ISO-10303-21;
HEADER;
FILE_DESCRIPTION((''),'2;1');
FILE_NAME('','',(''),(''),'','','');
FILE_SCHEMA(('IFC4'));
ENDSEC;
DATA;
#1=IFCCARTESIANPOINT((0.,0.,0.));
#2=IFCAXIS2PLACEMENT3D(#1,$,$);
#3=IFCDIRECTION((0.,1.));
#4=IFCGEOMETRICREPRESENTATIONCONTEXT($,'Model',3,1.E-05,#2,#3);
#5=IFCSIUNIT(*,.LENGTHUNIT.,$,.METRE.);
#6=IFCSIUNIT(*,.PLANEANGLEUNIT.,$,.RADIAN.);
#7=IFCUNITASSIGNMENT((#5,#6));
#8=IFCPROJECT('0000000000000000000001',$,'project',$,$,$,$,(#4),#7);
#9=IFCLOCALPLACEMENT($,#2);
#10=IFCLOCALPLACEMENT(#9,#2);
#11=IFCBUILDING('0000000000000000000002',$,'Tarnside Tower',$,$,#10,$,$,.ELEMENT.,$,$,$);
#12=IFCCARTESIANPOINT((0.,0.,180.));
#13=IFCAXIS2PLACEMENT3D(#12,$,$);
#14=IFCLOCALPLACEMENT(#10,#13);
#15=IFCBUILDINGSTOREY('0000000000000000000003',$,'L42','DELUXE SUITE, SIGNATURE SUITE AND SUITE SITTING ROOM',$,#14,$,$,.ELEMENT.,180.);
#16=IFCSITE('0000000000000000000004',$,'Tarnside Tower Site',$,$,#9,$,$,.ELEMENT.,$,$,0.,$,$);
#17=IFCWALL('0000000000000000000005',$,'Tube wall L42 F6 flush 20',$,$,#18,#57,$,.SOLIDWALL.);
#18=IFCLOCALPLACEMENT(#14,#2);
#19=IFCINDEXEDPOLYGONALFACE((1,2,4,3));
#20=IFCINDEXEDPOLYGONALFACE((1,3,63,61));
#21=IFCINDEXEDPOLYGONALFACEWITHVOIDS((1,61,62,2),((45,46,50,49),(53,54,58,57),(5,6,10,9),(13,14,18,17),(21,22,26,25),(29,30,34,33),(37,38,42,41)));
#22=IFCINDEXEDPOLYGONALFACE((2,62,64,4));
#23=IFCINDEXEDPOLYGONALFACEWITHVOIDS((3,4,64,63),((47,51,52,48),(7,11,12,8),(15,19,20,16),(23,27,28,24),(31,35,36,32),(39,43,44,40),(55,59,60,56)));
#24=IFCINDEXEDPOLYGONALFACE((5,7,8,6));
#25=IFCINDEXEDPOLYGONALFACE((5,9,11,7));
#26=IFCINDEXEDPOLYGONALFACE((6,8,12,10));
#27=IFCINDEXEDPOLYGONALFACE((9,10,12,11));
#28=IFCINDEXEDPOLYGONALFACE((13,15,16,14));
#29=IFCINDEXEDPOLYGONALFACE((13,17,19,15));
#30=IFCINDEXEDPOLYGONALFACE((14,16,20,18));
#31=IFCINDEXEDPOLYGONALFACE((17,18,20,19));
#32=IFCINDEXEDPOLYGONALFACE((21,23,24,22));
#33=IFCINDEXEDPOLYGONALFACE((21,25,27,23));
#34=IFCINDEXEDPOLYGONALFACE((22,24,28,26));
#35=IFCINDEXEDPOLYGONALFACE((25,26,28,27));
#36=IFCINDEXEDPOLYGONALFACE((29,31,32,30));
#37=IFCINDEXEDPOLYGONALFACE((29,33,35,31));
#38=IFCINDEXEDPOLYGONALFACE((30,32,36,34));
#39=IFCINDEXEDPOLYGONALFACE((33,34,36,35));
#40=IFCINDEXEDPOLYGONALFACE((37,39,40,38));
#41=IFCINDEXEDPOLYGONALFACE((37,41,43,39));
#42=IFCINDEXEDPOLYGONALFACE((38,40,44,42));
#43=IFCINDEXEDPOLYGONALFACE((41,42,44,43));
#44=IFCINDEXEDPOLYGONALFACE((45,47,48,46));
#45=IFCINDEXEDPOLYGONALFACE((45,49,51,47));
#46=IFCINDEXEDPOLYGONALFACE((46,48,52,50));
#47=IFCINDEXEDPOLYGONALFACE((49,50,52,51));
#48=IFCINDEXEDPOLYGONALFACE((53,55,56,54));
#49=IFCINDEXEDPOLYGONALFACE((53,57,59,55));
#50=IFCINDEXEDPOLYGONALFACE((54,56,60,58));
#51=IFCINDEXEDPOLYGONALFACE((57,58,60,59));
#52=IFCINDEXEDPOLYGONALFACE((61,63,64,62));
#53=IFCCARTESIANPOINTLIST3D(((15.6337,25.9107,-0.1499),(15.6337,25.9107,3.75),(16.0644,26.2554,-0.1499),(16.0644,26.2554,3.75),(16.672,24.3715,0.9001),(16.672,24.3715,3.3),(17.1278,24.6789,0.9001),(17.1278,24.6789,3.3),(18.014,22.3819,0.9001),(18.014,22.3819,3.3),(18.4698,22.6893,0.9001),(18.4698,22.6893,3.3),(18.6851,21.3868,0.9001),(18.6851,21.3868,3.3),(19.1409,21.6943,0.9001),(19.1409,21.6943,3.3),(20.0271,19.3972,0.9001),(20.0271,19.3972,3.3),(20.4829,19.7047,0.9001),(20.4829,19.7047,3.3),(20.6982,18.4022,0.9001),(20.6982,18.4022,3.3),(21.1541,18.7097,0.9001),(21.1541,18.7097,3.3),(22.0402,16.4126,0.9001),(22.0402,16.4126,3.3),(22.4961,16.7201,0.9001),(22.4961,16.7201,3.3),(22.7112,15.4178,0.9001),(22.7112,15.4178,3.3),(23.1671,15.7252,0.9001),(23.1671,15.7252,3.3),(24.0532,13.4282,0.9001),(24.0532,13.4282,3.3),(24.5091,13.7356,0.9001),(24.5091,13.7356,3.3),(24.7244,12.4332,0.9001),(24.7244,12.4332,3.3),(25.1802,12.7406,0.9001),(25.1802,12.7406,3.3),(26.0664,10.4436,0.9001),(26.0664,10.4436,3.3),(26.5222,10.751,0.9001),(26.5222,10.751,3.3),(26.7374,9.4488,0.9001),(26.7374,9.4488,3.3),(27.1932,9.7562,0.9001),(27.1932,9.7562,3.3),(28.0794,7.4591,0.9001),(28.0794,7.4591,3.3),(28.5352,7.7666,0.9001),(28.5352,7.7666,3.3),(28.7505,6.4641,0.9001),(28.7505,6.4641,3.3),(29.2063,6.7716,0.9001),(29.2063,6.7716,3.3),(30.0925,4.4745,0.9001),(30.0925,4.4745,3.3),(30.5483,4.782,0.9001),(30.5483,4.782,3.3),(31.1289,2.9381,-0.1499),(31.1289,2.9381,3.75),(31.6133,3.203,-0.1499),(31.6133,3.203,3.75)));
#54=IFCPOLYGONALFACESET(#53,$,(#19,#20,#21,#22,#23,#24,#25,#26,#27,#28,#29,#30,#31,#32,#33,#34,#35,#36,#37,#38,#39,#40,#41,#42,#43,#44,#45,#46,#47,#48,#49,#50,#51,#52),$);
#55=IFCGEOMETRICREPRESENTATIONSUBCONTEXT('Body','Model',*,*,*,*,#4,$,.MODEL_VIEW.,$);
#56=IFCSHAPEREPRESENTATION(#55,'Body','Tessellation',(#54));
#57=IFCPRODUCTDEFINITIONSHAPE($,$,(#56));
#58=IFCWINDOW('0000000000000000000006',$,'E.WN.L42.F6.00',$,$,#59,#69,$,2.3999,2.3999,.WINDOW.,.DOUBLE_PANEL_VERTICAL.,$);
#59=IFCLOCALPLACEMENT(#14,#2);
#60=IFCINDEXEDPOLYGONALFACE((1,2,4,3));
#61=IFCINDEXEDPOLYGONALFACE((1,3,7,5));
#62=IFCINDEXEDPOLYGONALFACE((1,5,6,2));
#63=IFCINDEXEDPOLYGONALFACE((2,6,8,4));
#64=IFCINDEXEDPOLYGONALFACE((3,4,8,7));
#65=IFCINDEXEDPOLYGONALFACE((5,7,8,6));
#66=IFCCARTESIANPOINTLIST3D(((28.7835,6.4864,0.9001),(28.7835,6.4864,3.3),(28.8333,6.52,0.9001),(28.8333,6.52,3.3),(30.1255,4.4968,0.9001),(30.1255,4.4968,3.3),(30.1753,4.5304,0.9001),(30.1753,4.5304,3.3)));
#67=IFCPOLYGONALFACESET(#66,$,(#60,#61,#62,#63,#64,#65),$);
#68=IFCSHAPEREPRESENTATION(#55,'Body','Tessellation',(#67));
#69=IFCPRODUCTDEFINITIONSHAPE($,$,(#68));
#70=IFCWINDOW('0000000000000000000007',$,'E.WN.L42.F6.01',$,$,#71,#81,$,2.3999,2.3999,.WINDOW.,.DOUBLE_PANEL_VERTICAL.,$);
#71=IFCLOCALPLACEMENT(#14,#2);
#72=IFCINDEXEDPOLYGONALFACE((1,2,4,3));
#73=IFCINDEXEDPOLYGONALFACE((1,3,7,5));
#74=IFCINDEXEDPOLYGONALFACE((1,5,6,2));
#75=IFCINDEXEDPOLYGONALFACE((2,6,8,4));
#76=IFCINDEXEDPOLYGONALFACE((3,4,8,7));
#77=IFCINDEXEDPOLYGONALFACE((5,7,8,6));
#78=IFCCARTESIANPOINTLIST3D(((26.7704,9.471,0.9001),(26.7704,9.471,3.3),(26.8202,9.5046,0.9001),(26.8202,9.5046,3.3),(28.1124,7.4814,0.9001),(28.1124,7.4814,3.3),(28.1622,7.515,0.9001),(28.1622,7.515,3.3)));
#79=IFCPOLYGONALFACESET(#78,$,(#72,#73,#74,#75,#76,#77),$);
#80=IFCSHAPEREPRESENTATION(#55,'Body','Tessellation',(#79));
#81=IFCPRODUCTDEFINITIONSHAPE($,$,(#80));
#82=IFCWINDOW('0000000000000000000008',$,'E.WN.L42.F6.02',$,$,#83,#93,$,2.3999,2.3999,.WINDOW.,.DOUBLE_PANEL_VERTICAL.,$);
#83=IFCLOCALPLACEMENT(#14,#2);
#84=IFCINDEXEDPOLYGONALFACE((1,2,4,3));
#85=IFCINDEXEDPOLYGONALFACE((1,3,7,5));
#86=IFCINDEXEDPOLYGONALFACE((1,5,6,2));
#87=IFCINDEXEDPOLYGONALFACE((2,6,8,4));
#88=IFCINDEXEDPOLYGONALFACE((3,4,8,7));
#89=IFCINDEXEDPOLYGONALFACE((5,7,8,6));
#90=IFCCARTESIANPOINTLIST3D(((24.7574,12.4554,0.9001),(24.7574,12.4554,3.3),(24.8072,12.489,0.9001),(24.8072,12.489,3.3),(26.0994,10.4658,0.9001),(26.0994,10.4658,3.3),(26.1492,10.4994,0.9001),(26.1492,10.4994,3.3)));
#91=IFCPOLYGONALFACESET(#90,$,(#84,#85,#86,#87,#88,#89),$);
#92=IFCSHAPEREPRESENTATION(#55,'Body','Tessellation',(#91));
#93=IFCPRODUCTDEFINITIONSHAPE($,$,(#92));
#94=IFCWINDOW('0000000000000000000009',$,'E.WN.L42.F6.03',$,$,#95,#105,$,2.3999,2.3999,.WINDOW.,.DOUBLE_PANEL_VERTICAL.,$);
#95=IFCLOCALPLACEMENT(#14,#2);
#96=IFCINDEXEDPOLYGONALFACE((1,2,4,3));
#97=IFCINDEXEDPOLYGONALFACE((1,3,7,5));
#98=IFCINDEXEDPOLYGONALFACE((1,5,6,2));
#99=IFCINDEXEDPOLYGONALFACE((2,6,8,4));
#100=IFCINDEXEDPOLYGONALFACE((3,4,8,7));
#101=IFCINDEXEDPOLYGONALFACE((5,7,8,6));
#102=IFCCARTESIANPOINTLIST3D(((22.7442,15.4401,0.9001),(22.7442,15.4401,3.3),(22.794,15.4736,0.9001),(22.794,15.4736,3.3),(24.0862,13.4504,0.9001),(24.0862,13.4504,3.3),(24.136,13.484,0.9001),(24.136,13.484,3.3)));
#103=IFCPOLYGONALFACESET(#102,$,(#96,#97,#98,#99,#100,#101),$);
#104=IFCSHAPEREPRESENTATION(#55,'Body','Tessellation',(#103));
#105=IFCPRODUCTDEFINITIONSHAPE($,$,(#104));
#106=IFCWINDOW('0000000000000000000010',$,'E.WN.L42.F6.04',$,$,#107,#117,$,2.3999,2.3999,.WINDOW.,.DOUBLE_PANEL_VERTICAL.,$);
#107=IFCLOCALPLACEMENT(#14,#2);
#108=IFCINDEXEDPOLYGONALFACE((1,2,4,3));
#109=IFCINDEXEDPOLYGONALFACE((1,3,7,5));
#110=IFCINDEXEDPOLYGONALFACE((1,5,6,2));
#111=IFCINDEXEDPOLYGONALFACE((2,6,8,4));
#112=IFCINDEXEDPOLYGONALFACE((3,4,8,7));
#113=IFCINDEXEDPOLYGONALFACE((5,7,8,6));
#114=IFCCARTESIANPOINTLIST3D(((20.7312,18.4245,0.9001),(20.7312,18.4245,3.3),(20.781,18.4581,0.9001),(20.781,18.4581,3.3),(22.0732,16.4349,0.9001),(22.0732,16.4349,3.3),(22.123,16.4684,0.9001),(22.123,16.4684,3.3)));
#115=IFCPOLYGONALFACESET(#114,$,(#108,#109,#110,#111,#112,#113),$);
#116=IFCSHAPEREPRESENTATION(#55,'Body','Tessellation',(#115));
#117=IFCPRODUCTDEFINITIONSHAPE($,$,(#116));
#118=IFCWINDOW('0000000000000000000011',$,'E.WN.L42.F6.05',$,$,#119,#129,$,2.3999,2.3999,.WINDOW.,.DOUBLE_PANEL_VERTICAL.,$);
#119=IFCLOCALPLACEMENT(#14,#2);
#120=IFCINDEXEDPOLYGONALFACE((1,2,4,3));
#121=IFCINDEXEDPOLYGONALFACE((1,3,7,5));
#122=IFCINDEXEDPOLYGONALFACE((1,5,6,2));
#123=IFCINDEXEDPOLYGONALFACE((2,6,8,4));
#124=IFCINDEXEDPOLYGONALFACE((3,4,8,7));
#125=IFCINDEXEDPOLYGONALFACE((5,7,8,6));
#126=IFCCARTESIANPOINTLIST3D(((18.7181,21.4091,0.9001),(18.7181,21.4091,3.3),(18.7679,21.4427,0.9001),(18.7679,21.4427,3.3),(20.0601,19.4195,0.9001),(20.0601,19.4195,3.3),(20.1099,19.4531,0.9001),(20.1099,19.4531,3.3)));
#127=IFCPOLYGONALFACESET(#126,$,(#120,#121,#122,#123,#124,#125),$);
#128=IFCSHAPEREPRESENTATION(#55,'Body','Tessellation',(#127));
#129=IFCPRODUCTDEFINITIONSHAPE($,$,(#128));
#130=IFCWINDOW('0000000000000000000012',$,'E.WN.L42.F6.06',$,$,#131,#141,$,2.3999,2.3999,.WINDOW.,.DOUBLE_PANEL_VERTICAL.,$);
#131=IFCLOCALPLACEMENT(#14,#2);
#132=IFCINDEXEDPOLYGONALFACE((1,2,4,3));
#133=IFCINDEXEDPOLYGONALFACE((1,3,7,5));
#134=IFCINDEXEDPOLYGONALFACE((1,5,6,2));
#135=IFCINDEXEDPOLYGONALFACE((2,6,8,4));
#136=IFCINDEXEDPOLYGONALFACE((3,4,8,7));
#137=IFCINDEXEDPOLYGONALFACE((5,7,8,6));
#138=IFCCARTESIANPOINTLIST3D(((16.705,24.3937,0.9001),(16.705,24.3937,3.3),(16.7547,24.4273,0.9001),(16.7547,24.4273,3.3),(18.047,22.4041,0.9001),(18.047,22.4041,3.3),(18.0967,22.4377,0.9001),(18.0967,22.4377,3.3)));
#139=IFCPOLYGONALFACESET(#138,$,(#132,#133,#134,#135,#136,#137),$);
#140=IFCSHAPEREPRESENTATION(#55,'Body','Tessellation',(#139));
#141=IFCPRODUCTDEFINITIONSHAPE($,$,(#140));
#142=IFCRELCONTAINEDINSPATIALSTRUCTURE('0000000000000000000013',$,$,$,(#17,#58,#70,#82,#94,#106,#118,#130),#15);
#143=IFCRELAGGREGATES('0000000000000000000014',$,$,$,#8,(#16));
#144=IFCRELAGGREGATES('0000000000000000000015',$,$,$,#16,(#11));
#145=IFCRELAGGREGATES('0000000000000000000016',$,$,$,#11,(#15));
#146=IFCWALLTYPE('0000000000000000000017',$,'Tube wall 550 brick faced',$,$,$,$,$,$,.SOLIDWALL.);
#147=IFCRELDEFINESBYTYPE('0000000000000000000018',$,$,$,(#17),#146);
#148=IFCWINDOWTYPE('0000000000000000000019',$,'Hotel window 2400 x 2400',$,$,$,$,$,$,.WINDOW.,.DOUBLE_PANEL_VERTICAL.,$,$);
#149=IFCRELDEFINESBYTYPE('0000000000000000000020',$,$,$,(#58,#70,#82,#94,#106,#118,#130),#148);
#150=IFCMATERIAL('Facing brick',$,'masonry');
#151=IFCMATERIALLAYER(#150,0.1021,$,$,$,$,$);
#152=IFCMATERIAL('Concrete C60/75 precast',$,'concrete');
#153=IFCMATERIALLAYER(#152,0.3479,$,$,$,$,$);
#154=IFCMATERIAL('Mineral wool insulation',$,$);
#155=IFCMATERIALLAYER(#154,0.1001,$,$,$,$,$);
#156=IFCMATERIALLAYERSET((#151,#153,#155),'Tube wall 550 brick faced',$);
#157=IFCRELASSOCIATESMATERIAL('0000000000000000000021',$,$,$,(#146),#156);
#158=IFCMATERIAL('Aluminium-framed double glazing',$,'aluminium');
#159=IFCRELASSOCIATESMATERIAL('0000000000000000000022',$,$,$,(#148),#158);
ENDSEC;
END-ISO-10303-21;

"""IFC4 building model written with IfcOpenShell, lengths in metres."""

from ifc_helpers import new_model, si_unit, direction, frame, frame_2d, origin, place, context, subcontext, project, spatial, polyline, rectangle, outline, extrude, material, layer, layer_set, type_object, element, fill, save


model = new_model("IFC4")

# Units and contexts
model_context = context("Model", 3, precision=1e-05, world=origin(), true_north=direction((0.0, 1.0)))
body_context = subcontext(model_context, "Body", "Model", "MODEL_VIEW")
ifc_project = project(units=[si_unit("LENGTHUNIT", "METRE"), si_unit("PLANEANGLEUNIT", "RADIAN")], contexts=[model_context])

# Site, building, storey
site_placement = place(None, origin())
site = spatial("IfcSite", under=ifc_project, at=site_placement, Name="Tarnside Tower Site", CompositionType="ELEMENT", RefElevation=0.0)
building_placement = place(site_placement, origin())
building = spatial("IfcBuilding", under=site, at=building_placement, Name="Tarnside Tower", CompositionType="ELEMENT")
storey_placement = place(building_placement, frame((0.0, 0.0, 180.0)))
storey = spatial("IfcBuildingStorey", under=building, at=storey_placement, Name="L42", Description="DELUXE SUITE, SIGNATURE SUITE AND SUITE SITTING ROOM", CompositionType="ELEMENT", Elevation=180.0)

# Shared definitions
ifc_material_1 = material(Name="Facing brick", Category="masonry")
ifc_layer_1 = layer(ifc_material_1, 0.1021)
ifc_material_2 = material(Name="Concrete C60/75 precast", Category="concrete")
ifc_layer_2 = layer(ifc_material_2, 0.3479)
ifc_material_3 = material(Name="Mineral wool insulation")
ifc_layer_3 = layer(ifc_material_3, 0.1001)
ifc_layer_set_1 = layer_set([ifc_layer_1, ifc_layer_2, ifc_layer_3], Name="Tube wall 550 brick faced")
wall_type_1 = type_object("IfcWallType", Name="Tube wall 550 brick faced", PredefinedType="SOLIDWALL", material=ifc_layer_set_1)

# Wall, openings, windows
wall_1_placement = place(storey_placement, frame((31.3711, 3.0706, -0.1499), z_axis=(0.0, 0.0, 1.0), x_axis=(-0.55919, 0.82904, 0.0)))
wall_1 = element("IfcWall", 1, at=wall_1_placement, inside=storey, type_object=wall_type_1, Name="Tube wall L42 F6 flush 20", PredefinedType="SOLIDWALL", context=body_context, shape_type="SweptSolid", body=[
    extrude(outline(polyline([(-0.0256, -0.2749), (27.7805, -0.2749), (27.7356, 0.2749), (0.0256, 0.2749), (-0.0256, -0.2749)])), origin(), (0.0, 0.0, 1.0), 3.8999),
])
opening_1_placement = place(wall_1_placement, frame((1.8789, 0.0, 1.05)))
opening_1 = element("IfcOpeningElement", 2, at=opening_1_placement, cuts=wall_1, PredefinedType="OPENING", context=body_context, shape_type="SweptSolid", body=[
    extrude(rectangle(XDim=2.3999, YDim=2.3999, at=frame_2d((1.2, 1.2))), frame((0.0, 0.2852, 0.0), z_axis=(0.0, -1.0, 0.0), x_axis=(1.0, 0.0, 0.0)), (0.0, 0.0, 1.0), 0.5701),
])
opening_2_placement = place(wall_1_placement, frame((5.479, 0.0, 1.05)))
opening_2 = element("IfcOpeningElement", 3, at=opening_2_placement, cuts=wall_1, PredefinedType="OPENING", context=body_context, shape_type="SweptSolid", body=[
    extrude(rectangle(XDim=2.3999, YDim=2.3999, at=frame_2d((1.2, 1.2))), frame((0.0, 0.2852, 0.0), z_axis=(0.0, -1.0, 0.0), x_axis=(1.0, 0.0, 0.0)), (0.0, 0.0, 1.0), 0.5701),
])
opening_3_placement = place(wall_1_placement, frame((9.0789, 0.0, 1.05)))
opening_3 = element("IfcOpeningElement", 4, at=opening_3_placement, cuts=wall_1, PredefinedType="OPENING", context=body_context, shape_type="SweptSolid", body=[
    extrude(rectangle(XDim=2.3999, YDim=2.3999, at=frame_2d((1.2, 1.2))), frame((0.0, 0.2852, 0.0), z_axis=(0.0, -1.0, 0.0), x_axis=(1.0, 0.0, 0.0)), (0.0, 0.0, 1.0), 0.5701),
])
opening_4_placement = place(wall_1_placement, frame((12.679, 0.0, 1.05)))
opening_4 = element("IfcOpeningElement", 5, at=opening_4_placement, cuts=wall_1, PredefinedType="OPENING", context=body_context, shape_type="SweptSolid", body=[
    extrude(rectangle(XDim=2.3999, YDim=2.3999, at=frame_2d((1.2, 1.2))), frame((0.0, 0.2852, 0.0), z_axis=(0.0, -1.0, 0.0), x_axis=(1.0, 0.0, 0.0)), (0.0, 0.0, 1.0), 0.5701),
])
opening_5_placement = place(wall_1_placement, frame((16.2788, 0.0, 1.05)))
opening_5 = element("IfcOpeningElement", 6, at=opening_5_placement, cuts=wall_1, PredefinedType="OPENING", context=body_context, shape_type="SweptSolid", body=[
    extrude(rectangle(XDim=2.3999, YDim=2.3999, at=frame_2d((1.2, 1.2))), frame((0.0, 0.2852, 0.0), z_axis=(0.0, -1.0, 0.0), x_axis=(1.0, 0.0, 0.0)), (0.0, 0.0, 1.0), 0.5701),
])
opening_6_placement = place(wall_1_placement, frame((19.8789, 0.0, 1.05)))
opening_6 = element("IfcOpeningElement", 7, at=opening_6_placement, cuts=wall_1, PredefinedType="OPENING", context=body_context, shape_type="SweptSolid", body=[
    extrude(rectangle(XDim=2.3999, YDim=2.3999, at=frame_2d((1.2, 1.2))), frame((0.0, 0.2852, 0.0), z_axis=(0.0, -1.0, 0.0), x_axis=(1.0, 0.0, 0.0)), (0.0, 0.0, 1.0), 0.5701),
])
opening_7_placement = place(wall_1_placement, frame((23.479, 0.0, 1.05)))
opening_7 = element("IfcOpeningElement", 8, at=opening_7_placement, cuts=wall_1, PredefinedType="OPENING", context=body_context, shape_type="SweptSolid", body=[
    extrude(rectangle(XDim=2.3999, YDim=2.3999, at=frame_2d((1.2, 1.2))), frame((0.0, 0.2852, 0.0), z_axis=(0.0, -1.0, 0.0), x_axis=(1.0, 0.0, 0.0)), (0.0, 0.0, 1.0), 0.5701),
])
ifc_material_4 = material(Name="Aluminium-framed double glazing", Category="aluminium")
window_type = type_object("IfcWindowType", Name="Hotel window 2400 x 2400", PartitioningType="DOUBLE_PANEL_VERTICAL", PredefinedType="WINDOW", material=ifc_material_4)
window_1_placement = place(opening_1_placement, frame((0.0, 0.2051, 0.0)))
window_1 = element("IfcWindow", 9, at=window_1_placement, inside=storey, type_object=window_type, Name="E.WN.L42.F6.00", OverallHeight=2.3999, OverallWidth=2.3999, PartitioningType="DOUBLE_PANEL_VERTICAL", PredefinedType="WINDOW", context=body_context, shape_type="SweptSolid", body=[
    extrude(rectangle(XDim=2.3999, YDim=2.3999, at=frame_2d((1.2, 1.2))), frame((0.0, 0.03, 0.0), z_axis=(0.0, -1.0, 0.0), x_axis=(1.0, 0.0, 0.0)), (0.0, 0.0, 1.0), 0.0601),
])
fill(opening_1, window_1)
window_2_placement = place(opening_2_placement, frame((0.0, 0.2051, 0.0)))
window_2 = element("IfcWindow", 10, at=window_2_placement, inside=storey, type_object=window_type, Name="E.WN.L42.F6.01", OverallHeight=2.3999, OverallWidth=2.3999, PartitioningType="DOUBLE_PANEL_VERTICAL", PredefinedType="WINDOW", context=body_context, shape_type="SweptSolid", body=[
    extrude(rectangle(XDim=2.3999, YDim=2.3999, at=frame_2d((1.2, 1.2))), frame((0.0, 0.03, 0.0), z_axis=(0.0, -1.0, 0.0), x_axis=(1.0, 0.0, 0.0)), (0.0, 0.0, 1.0), 0.0601),
])
fill(opening_2, window_2)
window_3_placement = place(opening_3_placement, frame((0.0, 0.2051, 0.0)))
window_3 = element("IfcWindow", 11, at=window_3_placement, inside=storey, type_object=window_type, Name="E.WN.L42.F6.02", OverallHeight=2.3999, OverallWidth=2.3999, PartitioningType="DOUBLE_PANEL_VERTICAL", PredefinedType="WINDOW", context=body_context, shape_type="SweptSolid", body=[
    extrude(rectangle(XDim=2.3999, YDim=2.3999, at=frame_2d((1.2, 1.2))), frame((0.0, 0.03, 0.0), z_axis=(0.0, -1.0, 0.0), x_axis=(1.0, 0.0, 0.0)), (0.0, 0.0, 1.0), 0.0601),
])
fill(opening_3, window_3)
window_4_placement = place(opening_4_placement, frame((0.0, 0.2051, 0.0)))
window_4 = element("IfcWindow", 12, at=window_4_placement, inside=storey, type_object=window_type, Name="E.WN.L42.F6.03", OverallHeight=2.3999, OverallWidth=2.3999, PartitioningType="DOUBLE_PANEL_VERTICAL", PredefinedType="WINDOW", context=body_context, shape_type="SweptSolid", body=[
    extrude(rectangle(XDim=2.3999, YDim=2.3999, at=frame_2d((1.2, 1.2))), frame((0.0, 0.03, 0.0), z_axis=(0.0, -1.0, 0.0), x_axis=(1.0, 0.0, 0.0)), (0.0, 0.0, 1.0), 0.0601),
])
fill(opening_4, window_4)
window_5_placement = place(opening_5_placement, frame((0.0, 0.2051, 0.0)))
window_5 = element("IfcWindow", 13, at=window_5_placement, inside=storey, type_object=window_type, Name="E.WN.L42.F6.04", OverallHeight=2.3999, OverallWidth=2.3999, PartitioningType="DOUBLE_PANEL_VERTICAL", PredefinedType="WINDOW", context=body_context, shape_type="SweptSolid", body=[
    extrude(rectangle(XDim=2.3999, YDim=2.3999, at=frame_2d((1.2, 1.2))), frame((0.0, 0.03, 0.0), z_axis=(0.0, -1.0, 0.0), x_axis=(1.0, 0.0, 0.0)), (0.0, 0.0, 1.0), 0.0601),
])
fill(opening_5, window_5)
window_6_placement = place(opening_6_placement, frame((0.0, 0.2051, 0.0)))
window_6 = element("IfcWindow", 14, at=window_6_placement, inside=storey, type_object=window_type, Name="E.WN.L42.F6.05", OverallHeight=2.3999, OverallWidth=2.3999, PartitioningType="DOUBLE_PANEL_VERTICAL", PredefinedType="WINDOW", context=body_context, shape_type="SweptSolid", body=[
    extrude(rectangle(XDim=2.3999, YDim=2.3999, at=frame_2d((1.2, 1.2))), frame((0.0, 0.03, 0.0), z_axis=(0.0, -1.0, 0.0), x_axis=(1.0, 0.0, 0.0)), (0.0, 0.0, 1.0), 0.0601),
])
fill(opening_6, window_6)
window_7_placement = place(opening_7_placement, frame((0.0, 0.2051, 0.0)))
window_7 = element("IfcWindow", 15, at=window_7_placement, inside=storey, type_object=window_type, Name="E.WN.L42.F6.06", OverallHeight=2.3999, OverallWidth=2.3999, PartitioningType="DOUBLE_PANEL_VERTICAL", PredefinedType="WINDOW", context=body_context, shape_type="SweptSolid", body=[
    extrude(rectangle(XDim=2.3999, YDim=2.3999, at=frame_2d((1.2, 1.2))), frame((0.0, 0.03, 0.0), z_axis=(0.0, -1.0, 0.0), x_axis=(1.0, 0.0, 0.0)), (0.0, 0.0, 1.0), 0.0601),
])
fill(opening_7, window_7)

save(model, "model.ifc")
